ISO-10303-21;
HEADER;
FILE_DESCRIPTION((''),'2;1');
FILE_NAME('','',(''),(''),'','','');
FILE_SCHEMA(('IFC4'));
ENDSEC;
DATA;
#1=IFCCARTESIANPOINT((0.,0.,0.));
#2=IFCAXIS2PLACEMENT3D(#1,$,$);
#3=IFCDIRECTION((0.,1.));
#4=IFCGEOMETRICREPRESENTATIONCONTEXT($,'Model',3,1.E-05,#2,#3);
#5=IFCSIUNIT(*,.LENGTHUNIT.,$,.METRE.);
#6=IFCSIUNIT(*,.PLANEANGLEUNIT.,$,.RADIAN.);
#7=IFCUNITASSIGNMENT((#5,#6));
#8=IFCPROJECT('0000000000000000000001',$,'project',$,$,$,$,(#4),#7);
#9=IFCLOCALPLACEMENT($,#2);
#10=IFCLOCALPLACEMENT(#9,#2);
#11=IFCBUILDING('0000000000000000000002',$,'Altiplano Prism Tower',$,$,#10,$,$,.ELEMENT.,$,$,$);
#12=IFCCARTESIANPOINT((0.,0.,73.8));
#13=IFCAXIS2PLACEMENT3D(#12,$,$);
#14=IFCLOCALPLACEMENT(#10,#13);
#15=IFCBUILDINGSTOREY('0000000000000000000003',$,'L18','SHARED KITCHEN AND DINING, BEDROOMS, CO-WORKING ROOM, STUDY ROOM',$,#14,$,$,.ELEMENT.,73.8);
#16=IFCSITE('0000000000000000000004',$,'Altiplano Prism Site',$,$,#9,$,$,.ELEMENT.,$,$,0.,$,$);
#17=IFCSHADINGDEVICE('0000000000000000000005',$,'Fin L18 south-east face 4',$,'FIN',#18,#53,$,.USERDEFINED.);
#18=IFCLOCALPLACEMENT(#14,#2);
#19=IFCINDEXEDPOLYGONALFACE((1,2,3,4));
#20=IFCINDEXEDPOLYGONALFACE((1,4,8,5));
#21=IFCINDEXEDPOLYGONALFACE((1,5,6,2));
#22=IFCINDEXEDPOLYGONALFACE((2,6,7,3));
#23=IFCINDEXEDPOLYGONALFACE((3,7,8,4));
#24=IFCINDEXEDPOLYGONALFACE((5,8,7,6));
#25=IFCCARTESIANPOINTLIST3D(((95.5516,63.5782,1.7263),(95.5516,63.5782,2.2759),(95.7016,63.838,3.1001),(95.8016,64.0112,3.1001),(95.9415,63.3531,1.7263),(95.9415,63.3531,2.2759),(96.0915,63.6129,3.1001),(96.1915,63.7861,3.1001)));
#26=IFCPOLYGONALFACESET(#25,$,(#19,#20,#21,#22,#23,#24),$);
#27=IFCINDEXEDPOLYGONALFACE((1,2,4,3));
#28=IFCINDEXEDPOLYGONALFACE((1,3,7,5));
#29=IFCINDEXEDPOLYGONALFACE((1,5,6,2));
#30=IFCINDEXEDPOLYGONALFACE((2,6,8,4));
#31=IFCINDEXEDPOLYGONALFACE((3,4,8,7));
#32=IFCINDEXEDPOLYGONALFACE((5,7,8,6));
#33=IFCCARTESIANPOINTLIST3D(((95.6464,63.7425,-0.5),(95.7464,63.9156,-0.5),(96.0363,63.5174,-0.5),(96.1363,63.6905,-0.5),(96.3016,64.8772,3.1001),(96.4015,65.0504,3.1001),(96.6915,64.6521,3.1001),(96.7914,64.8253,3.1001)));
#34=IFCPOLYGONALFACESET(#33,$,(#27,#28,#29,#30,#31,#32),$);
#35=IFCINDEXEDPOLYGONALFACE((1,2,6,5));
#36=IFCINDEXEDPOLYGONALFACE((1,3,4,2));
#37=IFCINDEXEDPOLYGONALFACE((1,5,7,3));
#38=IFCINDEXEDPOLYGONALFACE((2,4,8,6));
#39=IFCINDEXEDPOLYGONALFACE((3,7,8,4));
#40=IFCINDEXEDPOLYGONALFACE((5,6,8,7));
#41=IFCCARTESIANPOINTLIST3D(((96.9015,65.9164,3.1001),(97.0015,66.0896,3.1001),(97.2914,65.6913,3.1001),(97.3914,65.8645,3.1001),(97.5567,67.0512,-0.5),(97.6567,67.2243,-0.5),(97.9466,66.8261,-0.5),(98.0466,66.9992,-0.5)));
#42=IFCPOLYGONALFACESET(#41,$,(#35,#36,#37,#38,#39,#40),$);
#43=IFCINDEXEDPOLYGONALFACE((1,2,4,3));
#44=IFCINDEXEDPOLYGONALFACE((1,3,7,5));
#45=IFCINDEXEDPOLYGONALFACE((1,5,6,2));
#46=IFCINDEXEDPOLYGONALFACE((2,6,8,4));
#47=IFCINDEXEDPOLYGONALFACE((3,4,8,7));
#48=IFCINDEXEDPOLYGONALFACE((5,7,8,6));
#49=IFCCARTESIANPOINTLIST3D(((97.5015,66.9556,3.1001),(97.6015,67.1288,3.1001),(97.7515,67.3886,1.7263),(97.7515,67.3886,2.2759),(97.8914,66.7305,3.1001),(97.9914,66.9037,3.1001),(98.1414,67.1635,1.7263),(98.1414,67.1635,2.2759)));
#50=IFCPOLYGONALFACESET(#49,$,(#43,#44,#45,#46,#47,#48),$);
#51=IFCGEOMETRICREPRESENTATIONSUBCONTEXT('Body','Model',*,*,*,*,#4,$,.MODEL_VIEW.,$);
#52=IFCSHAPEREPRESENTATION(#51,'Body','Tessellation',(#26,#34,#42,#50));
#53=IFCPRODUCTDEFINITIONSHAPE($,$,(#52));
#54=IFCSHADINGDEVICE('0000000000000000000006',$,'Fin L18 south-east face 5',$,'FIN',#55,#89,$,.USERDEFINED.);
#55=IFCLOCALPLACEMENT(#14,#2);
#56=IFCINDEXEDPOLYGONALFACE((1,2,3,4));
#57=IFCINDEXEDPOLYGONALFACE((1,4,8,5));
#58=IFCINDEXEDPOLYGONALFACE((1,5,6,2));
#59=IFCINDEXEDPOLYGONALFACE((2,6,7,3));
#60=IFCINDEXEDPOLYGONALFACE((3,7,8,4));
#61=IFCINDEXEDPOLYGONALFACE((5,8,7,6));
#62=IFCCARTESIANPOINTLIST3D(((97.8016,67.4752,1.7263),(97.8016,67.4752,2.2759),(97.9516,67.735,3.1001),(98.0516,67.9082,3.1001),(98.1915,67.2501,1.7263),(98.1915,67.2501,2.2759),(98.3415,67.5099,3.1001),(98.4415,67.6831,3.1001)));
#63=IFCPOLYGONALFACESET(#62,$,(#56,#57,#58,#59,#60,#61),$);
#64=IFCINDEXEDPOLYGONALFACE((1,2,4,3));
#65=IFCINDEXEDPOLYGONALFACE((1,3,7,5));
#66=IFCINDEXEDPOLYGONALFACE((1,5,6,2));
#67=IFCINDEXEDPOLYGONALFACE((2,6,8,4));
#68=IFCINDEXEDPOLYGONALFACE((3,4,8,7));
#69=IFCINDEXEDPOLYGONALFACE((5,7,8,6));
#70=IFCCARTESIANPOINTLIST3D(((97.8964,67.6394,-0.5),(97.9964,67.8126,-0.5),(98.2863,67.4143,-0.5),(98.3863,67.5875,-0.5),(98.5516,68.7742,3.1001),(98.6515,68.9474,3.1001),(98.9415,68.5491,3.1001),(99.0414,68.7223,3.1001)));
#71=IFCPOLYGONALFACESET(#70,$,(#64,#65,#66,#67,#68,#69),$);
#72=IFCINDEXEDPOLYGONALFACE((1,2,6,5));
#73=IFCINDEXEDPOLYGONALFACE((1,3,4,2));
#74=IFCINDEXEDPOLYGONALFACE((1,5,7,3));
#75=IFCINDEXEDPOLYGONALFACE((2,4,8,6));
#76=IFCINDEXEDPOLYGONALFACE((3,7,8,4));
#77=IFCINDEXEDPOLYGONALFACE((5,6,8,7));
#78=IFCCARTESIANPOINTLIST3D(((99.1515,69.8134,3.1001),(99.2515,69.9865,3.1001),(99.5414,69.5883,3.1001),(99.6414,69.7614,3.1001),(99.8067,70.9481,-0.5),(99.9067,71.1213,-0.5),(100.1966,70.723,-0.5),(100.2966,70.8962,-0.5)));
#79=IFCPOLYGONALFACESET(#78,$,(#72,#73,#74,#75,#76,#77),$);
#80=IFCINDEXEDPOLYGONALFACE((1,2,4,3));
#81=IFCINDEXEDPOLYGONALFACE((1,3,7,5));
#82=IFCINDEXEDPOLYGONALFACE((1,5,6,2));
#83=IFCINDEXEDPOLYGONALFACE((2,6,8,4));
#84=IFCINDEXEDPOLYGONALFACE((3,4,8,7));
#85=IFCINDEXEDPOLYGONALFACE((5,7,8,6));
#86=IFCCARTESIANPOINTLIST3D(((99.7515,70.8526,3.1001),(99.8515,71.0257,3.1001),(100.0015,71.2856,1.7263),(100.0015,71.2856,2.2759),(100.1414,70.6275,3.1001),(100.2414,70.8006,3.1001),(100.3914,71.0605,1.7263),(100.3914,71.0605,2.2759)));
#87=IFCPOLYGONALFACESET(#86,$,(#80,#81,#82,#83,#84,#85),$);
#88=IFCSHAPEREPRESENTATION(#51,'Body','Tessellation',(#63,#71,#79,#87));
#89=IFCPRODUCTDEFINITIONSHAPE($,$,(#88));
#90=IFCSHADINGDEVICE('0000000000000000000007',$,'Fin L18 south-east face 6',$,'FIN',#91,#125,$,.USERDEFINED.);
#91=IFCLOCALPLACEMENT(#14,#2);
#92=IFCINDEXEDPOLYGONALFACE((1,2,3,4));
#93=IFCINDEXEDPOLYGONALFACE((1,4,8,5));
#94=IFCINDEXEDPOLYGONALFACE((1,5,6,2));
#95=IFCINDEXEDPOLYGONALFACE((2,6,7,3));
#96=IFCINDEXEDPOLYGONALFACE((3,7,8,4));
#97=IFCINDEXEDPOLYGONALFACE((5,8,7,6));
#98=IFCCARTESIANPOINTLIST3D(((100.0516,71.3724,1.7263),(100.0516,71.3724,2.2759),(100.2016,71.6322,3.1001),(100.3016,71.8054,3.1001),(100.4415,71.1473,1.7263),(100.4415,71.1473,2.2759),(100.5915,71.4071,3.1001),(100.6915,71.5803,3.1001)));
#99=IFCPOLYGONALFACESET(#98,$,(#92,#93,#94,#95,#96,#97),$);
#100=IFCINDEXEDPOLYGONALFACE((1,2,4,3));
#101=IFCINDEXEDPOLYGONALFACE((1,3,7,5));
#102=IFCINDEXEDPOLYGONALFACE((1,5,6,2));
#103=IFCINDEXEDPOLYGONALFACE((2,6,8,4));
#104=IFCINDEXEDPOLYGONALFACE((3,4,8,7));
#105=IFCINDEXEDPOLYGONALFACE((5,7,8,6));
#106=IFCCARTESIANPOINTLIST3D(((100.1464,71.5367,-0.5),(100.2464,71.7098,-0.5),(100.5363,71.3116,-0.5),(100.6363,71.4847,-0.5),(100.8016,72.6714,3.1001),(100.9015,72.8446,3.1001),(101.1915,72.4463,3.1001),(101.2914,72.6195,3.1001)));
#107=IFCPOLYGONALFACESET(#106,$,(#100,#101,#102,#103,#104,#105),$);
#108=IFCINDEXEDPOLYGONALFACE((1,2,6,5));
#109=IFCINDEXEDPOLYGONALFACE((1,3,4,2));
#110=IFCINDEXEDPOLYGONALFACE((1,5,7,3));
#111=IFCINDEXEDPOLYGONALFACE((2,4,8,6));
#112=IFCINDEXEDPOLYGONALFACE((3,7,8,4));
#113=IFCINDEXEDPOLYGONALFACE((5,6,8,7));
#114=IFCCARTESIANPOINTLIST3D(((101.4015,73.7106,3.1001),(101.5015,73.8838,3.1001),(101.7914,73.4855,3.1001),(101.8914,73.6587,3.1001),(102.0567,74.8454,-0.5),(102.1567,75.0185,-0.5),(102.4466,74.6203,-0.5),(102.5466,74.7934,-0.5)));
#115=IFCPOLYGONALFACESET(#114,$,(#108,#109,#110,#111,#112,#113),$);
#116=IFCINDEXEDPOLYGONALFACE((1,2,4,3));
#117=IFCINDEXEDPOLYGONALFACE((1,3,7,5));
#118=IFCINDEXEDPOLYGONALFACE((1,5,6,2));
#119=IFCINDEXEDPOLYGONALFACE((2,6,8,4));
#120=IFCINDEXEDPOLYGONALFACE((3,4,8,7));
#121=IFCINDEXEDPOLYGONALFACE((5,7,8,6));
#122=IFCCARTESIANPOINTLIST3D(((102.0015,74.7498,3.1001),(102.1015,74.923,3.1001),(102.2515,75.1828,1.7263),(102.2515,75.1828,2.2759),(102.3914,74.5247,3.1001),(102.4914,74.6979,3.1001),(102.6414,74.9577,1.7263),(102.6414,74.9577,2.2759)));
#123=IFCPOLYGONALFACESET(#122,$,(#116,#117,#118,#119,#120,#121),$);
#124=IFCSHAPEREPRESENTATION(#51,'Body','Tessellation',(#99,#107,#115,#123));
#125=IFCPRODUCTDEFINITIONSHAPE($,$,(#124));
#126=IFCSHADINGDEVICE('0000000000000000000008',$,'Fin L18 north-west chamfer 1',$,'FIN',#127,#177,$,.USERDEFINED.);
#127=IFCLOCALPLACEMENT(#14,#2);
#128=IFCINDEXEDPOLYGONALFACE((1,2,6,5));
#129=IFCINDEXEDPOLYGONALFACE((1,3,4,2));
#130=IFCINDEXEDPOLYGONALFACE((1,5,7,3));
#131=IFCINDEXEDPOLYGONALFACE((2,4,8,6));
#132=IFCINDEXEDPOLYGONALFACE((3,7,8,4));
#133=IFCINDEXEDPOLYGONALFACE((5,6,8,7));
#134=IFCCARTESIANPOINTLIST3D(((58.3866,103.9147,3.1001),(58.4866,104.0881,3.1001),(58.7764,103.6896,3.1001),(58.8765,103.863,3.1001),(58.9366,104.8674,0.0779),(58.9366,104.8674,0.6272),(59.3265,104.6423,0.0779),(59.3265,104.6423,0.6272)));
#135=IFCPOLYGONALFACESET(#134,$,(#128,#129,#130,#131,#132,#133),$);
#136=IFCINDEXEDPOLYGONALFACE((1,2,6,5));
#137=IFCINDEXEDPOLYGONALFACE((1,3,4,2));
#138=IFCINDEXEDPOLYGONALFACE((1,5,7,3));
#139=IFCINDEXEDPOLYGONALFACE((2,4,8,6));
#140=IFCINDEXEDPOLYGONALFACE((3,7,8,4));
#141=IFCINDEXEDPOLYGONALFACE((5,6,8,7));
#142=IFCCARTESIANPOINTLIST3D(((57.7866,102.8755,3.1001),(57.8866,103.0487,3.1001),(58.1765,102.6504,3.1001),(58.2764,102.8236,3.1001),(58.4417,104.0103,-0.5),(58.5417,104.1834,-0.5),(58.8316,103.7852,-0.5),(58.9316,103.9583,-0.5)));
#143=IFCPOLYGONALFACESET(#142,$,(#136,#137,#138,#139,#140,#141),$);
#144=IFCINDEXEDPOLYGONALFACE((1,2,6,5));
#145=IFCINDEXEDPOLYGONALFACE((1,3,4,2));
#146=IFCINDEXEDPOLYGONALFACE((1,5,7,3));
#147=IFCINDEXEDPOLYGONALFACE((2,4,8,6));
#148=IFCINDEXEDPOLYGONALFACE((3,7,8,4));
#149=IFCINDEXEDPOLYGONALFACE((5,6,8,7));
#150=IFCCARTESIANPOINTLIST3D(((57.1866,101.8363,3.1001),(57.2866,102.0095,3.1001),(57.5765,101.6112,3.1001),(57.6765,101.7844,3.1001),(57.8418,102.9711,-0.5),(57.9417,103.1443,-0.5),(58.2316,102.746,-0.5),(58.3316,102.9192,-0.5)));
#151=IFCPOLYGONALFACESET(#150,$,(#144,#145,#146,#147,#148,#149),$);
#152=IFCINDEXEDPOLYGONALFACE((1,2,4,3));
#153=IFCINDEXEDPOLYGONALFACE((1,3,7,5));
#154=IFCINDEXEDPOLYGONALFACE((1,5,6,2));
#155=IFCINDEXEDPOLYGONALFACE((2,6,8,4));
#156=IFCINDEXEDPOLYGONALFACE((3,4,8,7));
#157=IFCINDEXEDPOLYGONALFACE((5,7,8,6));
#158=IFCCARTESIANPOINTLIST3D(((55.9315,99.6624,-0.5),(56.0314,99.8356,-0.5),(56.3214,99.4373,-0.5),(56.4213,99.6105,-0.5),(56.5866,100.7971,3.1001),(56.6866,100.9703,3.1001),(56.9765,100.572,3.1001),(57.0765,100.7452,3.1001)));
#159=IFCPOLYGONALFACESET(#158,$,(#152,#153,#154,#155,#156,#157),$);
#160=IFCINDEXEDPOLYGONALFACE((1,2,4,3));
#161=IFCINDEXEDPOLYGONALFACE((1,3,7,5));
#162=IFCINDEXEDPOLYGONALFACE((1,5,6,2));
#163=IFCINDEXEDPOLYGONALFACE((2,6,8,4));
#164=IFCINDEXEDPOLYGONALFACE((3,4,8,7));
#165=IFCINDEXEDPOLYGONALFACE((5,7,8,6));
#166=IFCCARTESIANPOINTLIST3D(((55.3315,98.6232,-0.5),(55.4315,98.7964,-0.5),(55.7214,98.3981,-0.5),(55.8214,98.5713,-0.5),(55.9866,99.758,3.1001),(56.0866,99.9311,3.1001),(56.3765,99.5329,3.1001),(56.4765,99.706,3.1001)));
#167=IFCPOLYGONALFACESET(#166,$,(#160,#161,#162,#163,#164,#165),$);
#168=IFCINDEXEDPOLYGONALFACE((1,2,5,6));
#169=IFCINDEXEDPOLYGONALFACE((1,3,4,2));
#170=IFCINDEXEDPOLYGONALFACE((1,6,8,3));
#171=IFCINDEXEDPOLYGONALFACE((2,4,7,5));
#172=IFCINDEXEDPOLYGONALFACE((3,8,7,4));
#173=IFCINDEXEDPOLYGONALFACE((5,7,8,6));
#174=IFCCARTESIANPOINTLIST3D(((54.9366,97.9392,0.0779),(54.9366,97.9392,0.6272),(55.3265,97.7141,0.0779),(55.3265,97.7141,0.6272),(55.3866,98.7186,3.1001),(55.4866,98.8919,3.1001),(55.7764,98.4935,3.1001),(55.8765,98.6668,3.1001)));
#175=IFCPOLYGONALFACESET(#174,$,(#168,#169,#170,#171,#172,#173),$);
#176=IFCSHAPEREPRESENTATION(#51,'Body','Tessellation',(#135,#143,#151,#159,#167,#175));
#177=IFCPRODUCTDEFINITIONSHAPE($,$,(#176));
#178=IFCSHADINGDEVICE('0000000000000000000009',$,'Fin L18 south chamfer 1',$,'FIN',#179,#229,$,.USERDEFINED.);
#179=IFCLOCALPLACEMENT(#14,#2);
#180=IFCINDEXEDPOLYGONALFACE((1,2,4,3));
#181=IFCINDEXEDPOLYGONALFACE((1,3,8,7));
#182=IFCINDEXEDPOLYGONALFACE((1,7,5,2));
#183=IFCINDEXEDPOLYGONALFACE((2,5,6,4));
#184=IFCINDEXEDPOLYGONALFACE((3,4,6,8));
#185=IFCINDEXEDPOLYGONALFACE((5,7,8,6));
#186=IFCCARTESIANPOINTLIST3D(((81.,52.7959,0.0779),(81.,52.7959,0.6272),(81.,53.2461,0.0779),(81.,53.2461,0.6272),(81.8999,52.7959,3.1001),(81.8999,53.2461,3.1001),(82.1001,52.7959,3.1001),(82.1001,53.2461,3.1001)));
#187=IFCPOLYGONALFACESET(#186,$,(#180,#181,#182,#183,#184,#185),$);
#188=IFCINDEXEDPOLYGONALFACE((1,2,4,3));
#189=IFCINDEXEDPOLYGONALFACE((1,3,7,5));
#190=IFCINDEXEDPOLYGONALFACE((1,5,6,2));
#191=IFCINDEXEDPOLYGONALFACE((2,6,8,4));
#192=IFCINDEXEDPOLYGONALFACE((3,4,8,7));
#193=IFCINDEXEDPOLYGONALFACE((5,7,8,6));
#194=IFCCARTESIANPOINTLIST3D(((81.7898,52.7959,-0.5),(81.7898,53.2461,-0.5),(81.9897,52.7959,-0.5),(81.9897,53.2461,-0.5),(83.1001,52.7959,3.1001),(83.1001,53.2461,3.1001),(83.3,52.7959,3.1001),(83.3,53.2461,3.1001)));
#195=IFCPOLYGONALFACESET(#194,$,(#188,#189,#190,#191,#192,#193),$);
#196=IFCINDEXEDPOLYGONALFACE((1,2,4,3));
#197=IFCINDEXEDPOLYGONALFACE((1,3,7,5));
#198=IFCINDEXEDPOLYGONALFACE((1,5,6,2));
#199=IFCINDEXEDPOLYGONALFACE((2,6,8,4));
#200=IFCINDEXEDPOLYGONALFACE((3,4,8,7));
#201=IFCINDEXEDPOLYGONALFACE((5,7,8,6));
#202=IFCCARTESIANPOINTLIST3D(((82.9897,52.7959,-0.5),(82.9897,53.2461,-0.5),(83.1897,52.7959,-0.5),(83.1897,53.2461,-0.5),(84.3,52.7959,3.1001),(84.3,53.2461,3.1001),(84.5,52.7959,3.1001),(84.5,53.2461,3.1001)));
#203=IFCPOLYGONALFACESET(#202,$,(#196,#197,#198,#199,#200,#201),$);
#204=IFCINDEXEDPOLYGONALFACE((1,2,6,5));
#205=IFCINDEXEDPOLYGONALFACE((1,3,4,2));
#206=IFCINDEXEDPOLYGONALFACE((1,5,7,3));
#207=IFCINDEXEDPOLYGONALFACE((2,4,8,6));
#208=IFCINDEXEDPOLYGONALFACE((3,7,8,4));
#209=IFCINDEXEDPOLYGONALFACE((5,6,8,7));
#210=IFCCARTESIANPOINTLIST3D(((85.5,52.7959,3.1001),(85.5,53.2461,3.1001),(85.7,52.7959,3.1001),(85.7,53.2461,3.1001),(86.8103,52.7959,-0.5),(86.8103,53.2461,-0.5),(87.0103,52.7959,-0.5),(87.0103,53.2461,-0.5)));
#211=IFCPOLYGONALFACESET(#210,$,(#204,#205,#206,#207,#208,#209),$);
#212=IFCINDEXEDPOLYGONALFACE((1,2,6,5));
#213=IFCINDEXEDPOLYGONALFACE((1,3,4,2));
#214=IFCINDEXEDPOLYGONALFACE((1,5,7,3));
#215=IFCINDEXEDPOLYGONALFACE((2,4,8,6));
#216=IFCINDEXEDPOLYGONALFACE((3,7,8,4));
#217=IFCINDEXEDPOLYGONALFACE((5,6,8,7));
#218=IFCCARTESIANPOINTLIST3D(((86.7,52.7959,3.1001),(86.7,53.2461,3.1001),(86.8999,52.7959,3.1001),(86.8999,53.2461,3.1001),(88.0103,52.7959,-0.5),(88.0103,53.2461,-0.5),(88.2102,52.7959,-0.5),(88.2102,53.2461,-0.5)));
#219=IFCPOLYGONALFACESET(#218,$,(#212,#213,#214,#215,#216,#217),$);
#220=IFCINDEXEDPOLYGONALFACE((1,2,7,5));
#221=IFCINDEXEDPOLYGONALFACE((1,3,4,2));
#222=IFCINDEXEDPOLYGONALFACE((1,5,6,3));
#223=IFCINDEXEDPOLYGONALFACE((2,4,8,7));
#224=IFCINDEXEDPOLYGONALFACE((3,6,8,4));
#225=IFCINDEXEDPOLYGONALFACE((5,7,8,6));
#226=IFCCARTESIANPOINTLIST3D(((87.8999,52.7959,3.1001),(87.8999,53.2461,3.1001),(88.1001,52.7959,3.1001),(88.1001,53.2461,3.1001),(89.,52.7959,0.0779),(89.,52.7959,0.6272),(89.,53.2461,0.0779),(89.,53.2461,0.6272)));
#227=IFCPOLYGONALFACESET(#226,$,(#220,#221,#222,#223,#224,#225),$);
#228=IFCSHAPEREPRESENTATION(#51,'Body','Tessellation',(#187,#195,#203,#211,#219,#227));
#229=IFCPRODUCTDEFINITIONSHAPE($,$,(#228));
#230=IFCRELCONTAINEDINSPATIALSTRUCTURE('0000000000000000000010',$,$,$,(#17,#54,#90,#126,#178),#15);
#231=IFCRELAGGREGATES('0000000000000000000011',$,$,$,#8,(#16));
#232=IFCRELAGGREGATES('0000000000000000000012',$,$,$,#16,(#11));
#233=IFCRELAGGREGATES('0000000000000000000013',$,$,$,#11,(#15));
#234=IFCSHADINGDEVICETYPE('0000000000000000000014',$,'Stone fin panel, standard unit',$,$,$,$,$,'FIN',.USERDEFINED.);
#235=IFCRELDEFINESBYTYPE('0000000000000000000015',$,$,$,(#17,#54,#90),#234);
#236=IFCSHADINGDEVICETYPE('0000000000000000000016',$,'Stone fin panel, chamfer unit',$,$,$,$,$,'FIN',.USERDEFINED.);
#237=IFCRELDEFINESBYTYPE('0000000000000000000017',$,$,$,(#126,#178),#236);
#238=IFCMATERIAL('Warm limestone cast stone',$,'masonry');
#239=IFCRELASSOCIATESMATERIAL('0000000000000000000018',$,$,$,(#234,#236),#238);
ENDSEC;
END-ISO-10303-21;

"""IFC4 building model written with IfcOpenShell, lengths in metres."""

from ifc_helpers import new_model, si_unit, direction, frame, origin, place, context, subcontext, project, spatial, polyline, outline, extrude, source, transform, mapped, material, type_object, element, save


model = new_model("IFC4")

# Units and contexts
model_context = context("Model", 3, precision=1e-05, world=origin(), true_north=direction((0.0, 1.0)))
body_context = subcontext(model_context, "Body", "Model", "MODEL_VIEW")
ifc_project = project(units=[si_unit("LENGTHUNIT", "METRE"), si_unit("PLANEANGLEUNIT", "RADIAN")], contexts=[model_context])

# Site, building, storey
site_placement = place(None, origin())
site = spatial("IfcSite", under=ifc_project, at=site_placement, Name="Altiplano Prism Site", CompositionType="ELEMENT", RefElevation=0.0)
building_placement = place(site_placement, origin())
building = spatial("IfcBuilding", under=site, at=building_placement, Name="Altiplano Prism Tower", CompositionType="ELEMENT")
storey_placement = place(building_placement, frame((0.0, 0.0, 73.8)))
storey = spatial("IfcBuildingStorey", under=building, at=storey_placement, Name="L18", Description="SHARED KITCHEN AND DINING, BEDROOMS, CO-WORKING ROOM, STUDY ROOM", CompositionType="ELEMENT", Elevation=73.8)

# Shading devices
ifc_material_1 = material(Name="Warm limestone cast stone", Category="masonry")
shading_device_type_1 = type_object("IfcShadingDeviceType", Name="Stone fin panel, standard unit", ElementType="FIN", PredefinedType="USERDEFINED", material=ifc_material_1)
shared_shape_1 = source(origin(), body_context, "Body", "SweptSolid", [
    extrude(outline(polyline([(-2.2, 2.2263), (-1.7, 3.6001), (-1.8999, 3.6001), (-2.2, 2.7759), (-2.2, 2.2263)])), frame((0.0, -0.1499, 0.0), z_axis=(0.0, -1.0, 0.0), x_axis=(1.0, 0.0, 0.0)), (0.0, 0.0, 1.0), 0.4502),
    extrude(outline(polyline([(-2.0103, 0.0), (-1.8103, 0.0), (-0.5, 3.6001), (-0.7, 3.6001), (-2.0103, 0.0)])), frame((0.0, -0.1499, 0.0), z_axis=(0.0, -1.0, 0.0), x_axis=(1.0, 0.0, 0.0)), (0.0, 0.0, 1.0), 0.4502),
    extrude(outline(polyline([(1.8103, 0.0), (2.0103, 0.0), (0.7, 3.6001), (0.5, 3.6001), (1.8103, 0.0)])), frame((0.0, -0.1499, 0.0), z_axis=(0.0, -1.0, 0.0), x_axis=(1.0, 0.0, 0.0)), (0.0, 0.0, 1.0), 0.4502),
    extrude(outline(polyline([(2.2, 2.7759), (1.8999, 3.6001), (1.7, 3.6001), (2.2, 2.2263), (2.2, 2.7759)])), frame((0.0, -0.1499, 0.0), z_axis=(0.0, -1.0, 0.0), x_axis=(1.0, 0.0, 0.0)), (0.0, 0.0, 1.0), 0.4502),
])
shading_device_1_placement = place(storey_placement, origin())
element("IfcShadingDevice", 1, at=shading_device_1_placement, inside=storey, type_object=shading_device_type_1, Name="Fin L18 south-east face 4", ObjectType="FIN", PredefinedType="USERDEFINED", context=body_context, shape_type="MappedRepresentation", body=[
    mapped(shared_shape_1, transform((96.5217, 65.5583, -0.5), x_axis=(0.5, 0.866025, 0.0), y_axis=(-0.866025, 0.5, 0.0), z_axis=(0.0, 0.0, 1.0))),
])
shading_device_2_placement = place(storey_placement, origin())
element("IfcShadingDevice", 2, at=shading_device_2_placement, inside=storey, type_object=shading_device_type_1, Name="Fin L18 south-east face 5", ObjectType="FIN", PredefinedType="USERDEFINED", context=body_context, shape_type="MappedRepresentation", body=[
    mapped(shared_shape_1, transform((98.7717, 69.4553, -0.5), x_axis=(0.5, 0.866025, 0.0), y_axis=(-0.866025, 0.5, 0.0), z_axis=(0.0, 0.0, 1.0))),
])
shading_device_3_placement = place(storey_placement, origin())
element("IfcShadingDevice", 3, at=shading_device_3_placement, inside=storey, type_object=shading_device_type_1, Name="Fin L18 south-east face 6", ObjectType="FIN", PredefinedType="USERDEFINED", context=body_context, shape_type="MappedRepresentation", body=[
    mapped(shared_shape_1, transform((101.0217, 73.3525, -0.5), x_axis=(0.5, 0.866025, 0.0), y_axis=(-0.866025, 0.5, 0.0), z_axis=(0.0, 0.0, 1.0))),
])
shading_device_type_2 = type_object("IfcShadingDeviceType", Name="Stone fin panel, chamfer unit", ElementType="FIN", PredefinedType="USERDEFINED", material=ifc_material_1)
shared_shape_2 = source(origin(), body_context, "Body", "SweptSolid", [
    extrude(outline(polyline([(-4.0, 0.5779), (-2.8999, 3.6001), (-3.1001, 3.6001), (-4.0, 1.1272), (-4.0, 0.5779)])), frame((0.0, -0.1499, 0.0), z_axis=(0.0, -1.0, 0.0), x_axis=(1.0, 0.0, 0.0)), (0.0, 0.0, 1.0), 0.4502),
    extrude(outline(polyline([(-3.2102, 0.0), (-3.0103, 0.0), (-1.7, 3.6001), (-1.8999, 3.6001), (-3.2102, 0.0)])), frame((0.0, -0.1499, 0.0), z_axis=(0.0, -1.0, 0.0), x_axis=(1.0, 0.0, 0.0)), (0.0, 0.0, 1.0), 0.4502),
    extrude(outline(polyline([(-2.0103, 0.0), (-1.8103, 0.0), (-0.5, 3.6001), (-0.7, 3.6001), (-2.0103, 0.0)])), frame((0.0, -0.1499, 0.0), z_axis=(0.0, -1.0, 0.0), x_axis=(1.0, 0.0, 0.0)), (0.0, 0.0, 1.0), 0.4502),
    extrude(outline(polyline([(1.8103, 0.0), (2.0103, 0.0), (0.7, 3.6001), (0.5, 3.6001), (1.8103, 0.0)])), frame((0.0, -0.1499, 0.0), z_axis=(0.0, -1.0, 0.0), x_axis=(1.0, 0.0, 0.0)), (0.0, 0.0, 1.0), 0.4502),
    extrude(outline(polyline([(3.0103, 0.0), (3.2102, 0.0), (1.8999, 3.6001), (1.7, 3.6001), (3.0103, 0.0)])), frame((0.0, -0.1499, 0.0), z_axis=(0.0, -1.0, 0.0), x_axis=(1.0, 0.0, 0.0)), (0.0, 0.0, 1.0), 0.4502),
    extrude(outline(polyline([(4.0, 1.1272), (3.1001, 3.6001), (2.8999, 3.6001), (4.0, 0.5779), (4.0, 1.1272)])), frame((0.0, -0.1499, 0.0), z_axis=(0.0, -1.0, 0.0), x_axis=(1.0, 0.0, 0.0)), (0.0, 0.0, 1.0), 0.4502),
])
shading_device_4_placement = place(storey_placement, origin())
element("IfcShadingDevice", 4, at=shading_device_4_placement, inside=storey, type_object=shading_device_type_2, Name="Fin L18 north-west chamfer 1", ObjectType="FIN", PredefinedType="USERDEFINED", context=body_context, shape_type="MappedRepresentation", body=[
    mapped(shared_shape_2, transform((57.4563, 101.1033, -0.5), x_axis=(-0.5, -0.866025, 0.0), y_axis=(0.866025, -0.5, 0.0), z_axis=(0.0, 0.0, 1.0))),
])
shading_device_5_placement = place(storey_placement, origin())
element("IfcShadingDevice", 5, at=shading_device_5_placement, inside=storey, type_object=shading_device_type_2, Name="Fin L18 south chamfer 1", ObjectType="FIN", PredefinedType="USERDEFINED", context=body_context, shape_type="MappedRepresentation", body=[
    mapped(shared_shape_2, transform((85.0, 53.396, -0.5), x_axis=(1.0, 0.0, 0.0), y_axis=(0.0, 1.0, 0.0), z_axis=(0.0, 0.0, 1.0))),
])

save(model, "model.ifc")
